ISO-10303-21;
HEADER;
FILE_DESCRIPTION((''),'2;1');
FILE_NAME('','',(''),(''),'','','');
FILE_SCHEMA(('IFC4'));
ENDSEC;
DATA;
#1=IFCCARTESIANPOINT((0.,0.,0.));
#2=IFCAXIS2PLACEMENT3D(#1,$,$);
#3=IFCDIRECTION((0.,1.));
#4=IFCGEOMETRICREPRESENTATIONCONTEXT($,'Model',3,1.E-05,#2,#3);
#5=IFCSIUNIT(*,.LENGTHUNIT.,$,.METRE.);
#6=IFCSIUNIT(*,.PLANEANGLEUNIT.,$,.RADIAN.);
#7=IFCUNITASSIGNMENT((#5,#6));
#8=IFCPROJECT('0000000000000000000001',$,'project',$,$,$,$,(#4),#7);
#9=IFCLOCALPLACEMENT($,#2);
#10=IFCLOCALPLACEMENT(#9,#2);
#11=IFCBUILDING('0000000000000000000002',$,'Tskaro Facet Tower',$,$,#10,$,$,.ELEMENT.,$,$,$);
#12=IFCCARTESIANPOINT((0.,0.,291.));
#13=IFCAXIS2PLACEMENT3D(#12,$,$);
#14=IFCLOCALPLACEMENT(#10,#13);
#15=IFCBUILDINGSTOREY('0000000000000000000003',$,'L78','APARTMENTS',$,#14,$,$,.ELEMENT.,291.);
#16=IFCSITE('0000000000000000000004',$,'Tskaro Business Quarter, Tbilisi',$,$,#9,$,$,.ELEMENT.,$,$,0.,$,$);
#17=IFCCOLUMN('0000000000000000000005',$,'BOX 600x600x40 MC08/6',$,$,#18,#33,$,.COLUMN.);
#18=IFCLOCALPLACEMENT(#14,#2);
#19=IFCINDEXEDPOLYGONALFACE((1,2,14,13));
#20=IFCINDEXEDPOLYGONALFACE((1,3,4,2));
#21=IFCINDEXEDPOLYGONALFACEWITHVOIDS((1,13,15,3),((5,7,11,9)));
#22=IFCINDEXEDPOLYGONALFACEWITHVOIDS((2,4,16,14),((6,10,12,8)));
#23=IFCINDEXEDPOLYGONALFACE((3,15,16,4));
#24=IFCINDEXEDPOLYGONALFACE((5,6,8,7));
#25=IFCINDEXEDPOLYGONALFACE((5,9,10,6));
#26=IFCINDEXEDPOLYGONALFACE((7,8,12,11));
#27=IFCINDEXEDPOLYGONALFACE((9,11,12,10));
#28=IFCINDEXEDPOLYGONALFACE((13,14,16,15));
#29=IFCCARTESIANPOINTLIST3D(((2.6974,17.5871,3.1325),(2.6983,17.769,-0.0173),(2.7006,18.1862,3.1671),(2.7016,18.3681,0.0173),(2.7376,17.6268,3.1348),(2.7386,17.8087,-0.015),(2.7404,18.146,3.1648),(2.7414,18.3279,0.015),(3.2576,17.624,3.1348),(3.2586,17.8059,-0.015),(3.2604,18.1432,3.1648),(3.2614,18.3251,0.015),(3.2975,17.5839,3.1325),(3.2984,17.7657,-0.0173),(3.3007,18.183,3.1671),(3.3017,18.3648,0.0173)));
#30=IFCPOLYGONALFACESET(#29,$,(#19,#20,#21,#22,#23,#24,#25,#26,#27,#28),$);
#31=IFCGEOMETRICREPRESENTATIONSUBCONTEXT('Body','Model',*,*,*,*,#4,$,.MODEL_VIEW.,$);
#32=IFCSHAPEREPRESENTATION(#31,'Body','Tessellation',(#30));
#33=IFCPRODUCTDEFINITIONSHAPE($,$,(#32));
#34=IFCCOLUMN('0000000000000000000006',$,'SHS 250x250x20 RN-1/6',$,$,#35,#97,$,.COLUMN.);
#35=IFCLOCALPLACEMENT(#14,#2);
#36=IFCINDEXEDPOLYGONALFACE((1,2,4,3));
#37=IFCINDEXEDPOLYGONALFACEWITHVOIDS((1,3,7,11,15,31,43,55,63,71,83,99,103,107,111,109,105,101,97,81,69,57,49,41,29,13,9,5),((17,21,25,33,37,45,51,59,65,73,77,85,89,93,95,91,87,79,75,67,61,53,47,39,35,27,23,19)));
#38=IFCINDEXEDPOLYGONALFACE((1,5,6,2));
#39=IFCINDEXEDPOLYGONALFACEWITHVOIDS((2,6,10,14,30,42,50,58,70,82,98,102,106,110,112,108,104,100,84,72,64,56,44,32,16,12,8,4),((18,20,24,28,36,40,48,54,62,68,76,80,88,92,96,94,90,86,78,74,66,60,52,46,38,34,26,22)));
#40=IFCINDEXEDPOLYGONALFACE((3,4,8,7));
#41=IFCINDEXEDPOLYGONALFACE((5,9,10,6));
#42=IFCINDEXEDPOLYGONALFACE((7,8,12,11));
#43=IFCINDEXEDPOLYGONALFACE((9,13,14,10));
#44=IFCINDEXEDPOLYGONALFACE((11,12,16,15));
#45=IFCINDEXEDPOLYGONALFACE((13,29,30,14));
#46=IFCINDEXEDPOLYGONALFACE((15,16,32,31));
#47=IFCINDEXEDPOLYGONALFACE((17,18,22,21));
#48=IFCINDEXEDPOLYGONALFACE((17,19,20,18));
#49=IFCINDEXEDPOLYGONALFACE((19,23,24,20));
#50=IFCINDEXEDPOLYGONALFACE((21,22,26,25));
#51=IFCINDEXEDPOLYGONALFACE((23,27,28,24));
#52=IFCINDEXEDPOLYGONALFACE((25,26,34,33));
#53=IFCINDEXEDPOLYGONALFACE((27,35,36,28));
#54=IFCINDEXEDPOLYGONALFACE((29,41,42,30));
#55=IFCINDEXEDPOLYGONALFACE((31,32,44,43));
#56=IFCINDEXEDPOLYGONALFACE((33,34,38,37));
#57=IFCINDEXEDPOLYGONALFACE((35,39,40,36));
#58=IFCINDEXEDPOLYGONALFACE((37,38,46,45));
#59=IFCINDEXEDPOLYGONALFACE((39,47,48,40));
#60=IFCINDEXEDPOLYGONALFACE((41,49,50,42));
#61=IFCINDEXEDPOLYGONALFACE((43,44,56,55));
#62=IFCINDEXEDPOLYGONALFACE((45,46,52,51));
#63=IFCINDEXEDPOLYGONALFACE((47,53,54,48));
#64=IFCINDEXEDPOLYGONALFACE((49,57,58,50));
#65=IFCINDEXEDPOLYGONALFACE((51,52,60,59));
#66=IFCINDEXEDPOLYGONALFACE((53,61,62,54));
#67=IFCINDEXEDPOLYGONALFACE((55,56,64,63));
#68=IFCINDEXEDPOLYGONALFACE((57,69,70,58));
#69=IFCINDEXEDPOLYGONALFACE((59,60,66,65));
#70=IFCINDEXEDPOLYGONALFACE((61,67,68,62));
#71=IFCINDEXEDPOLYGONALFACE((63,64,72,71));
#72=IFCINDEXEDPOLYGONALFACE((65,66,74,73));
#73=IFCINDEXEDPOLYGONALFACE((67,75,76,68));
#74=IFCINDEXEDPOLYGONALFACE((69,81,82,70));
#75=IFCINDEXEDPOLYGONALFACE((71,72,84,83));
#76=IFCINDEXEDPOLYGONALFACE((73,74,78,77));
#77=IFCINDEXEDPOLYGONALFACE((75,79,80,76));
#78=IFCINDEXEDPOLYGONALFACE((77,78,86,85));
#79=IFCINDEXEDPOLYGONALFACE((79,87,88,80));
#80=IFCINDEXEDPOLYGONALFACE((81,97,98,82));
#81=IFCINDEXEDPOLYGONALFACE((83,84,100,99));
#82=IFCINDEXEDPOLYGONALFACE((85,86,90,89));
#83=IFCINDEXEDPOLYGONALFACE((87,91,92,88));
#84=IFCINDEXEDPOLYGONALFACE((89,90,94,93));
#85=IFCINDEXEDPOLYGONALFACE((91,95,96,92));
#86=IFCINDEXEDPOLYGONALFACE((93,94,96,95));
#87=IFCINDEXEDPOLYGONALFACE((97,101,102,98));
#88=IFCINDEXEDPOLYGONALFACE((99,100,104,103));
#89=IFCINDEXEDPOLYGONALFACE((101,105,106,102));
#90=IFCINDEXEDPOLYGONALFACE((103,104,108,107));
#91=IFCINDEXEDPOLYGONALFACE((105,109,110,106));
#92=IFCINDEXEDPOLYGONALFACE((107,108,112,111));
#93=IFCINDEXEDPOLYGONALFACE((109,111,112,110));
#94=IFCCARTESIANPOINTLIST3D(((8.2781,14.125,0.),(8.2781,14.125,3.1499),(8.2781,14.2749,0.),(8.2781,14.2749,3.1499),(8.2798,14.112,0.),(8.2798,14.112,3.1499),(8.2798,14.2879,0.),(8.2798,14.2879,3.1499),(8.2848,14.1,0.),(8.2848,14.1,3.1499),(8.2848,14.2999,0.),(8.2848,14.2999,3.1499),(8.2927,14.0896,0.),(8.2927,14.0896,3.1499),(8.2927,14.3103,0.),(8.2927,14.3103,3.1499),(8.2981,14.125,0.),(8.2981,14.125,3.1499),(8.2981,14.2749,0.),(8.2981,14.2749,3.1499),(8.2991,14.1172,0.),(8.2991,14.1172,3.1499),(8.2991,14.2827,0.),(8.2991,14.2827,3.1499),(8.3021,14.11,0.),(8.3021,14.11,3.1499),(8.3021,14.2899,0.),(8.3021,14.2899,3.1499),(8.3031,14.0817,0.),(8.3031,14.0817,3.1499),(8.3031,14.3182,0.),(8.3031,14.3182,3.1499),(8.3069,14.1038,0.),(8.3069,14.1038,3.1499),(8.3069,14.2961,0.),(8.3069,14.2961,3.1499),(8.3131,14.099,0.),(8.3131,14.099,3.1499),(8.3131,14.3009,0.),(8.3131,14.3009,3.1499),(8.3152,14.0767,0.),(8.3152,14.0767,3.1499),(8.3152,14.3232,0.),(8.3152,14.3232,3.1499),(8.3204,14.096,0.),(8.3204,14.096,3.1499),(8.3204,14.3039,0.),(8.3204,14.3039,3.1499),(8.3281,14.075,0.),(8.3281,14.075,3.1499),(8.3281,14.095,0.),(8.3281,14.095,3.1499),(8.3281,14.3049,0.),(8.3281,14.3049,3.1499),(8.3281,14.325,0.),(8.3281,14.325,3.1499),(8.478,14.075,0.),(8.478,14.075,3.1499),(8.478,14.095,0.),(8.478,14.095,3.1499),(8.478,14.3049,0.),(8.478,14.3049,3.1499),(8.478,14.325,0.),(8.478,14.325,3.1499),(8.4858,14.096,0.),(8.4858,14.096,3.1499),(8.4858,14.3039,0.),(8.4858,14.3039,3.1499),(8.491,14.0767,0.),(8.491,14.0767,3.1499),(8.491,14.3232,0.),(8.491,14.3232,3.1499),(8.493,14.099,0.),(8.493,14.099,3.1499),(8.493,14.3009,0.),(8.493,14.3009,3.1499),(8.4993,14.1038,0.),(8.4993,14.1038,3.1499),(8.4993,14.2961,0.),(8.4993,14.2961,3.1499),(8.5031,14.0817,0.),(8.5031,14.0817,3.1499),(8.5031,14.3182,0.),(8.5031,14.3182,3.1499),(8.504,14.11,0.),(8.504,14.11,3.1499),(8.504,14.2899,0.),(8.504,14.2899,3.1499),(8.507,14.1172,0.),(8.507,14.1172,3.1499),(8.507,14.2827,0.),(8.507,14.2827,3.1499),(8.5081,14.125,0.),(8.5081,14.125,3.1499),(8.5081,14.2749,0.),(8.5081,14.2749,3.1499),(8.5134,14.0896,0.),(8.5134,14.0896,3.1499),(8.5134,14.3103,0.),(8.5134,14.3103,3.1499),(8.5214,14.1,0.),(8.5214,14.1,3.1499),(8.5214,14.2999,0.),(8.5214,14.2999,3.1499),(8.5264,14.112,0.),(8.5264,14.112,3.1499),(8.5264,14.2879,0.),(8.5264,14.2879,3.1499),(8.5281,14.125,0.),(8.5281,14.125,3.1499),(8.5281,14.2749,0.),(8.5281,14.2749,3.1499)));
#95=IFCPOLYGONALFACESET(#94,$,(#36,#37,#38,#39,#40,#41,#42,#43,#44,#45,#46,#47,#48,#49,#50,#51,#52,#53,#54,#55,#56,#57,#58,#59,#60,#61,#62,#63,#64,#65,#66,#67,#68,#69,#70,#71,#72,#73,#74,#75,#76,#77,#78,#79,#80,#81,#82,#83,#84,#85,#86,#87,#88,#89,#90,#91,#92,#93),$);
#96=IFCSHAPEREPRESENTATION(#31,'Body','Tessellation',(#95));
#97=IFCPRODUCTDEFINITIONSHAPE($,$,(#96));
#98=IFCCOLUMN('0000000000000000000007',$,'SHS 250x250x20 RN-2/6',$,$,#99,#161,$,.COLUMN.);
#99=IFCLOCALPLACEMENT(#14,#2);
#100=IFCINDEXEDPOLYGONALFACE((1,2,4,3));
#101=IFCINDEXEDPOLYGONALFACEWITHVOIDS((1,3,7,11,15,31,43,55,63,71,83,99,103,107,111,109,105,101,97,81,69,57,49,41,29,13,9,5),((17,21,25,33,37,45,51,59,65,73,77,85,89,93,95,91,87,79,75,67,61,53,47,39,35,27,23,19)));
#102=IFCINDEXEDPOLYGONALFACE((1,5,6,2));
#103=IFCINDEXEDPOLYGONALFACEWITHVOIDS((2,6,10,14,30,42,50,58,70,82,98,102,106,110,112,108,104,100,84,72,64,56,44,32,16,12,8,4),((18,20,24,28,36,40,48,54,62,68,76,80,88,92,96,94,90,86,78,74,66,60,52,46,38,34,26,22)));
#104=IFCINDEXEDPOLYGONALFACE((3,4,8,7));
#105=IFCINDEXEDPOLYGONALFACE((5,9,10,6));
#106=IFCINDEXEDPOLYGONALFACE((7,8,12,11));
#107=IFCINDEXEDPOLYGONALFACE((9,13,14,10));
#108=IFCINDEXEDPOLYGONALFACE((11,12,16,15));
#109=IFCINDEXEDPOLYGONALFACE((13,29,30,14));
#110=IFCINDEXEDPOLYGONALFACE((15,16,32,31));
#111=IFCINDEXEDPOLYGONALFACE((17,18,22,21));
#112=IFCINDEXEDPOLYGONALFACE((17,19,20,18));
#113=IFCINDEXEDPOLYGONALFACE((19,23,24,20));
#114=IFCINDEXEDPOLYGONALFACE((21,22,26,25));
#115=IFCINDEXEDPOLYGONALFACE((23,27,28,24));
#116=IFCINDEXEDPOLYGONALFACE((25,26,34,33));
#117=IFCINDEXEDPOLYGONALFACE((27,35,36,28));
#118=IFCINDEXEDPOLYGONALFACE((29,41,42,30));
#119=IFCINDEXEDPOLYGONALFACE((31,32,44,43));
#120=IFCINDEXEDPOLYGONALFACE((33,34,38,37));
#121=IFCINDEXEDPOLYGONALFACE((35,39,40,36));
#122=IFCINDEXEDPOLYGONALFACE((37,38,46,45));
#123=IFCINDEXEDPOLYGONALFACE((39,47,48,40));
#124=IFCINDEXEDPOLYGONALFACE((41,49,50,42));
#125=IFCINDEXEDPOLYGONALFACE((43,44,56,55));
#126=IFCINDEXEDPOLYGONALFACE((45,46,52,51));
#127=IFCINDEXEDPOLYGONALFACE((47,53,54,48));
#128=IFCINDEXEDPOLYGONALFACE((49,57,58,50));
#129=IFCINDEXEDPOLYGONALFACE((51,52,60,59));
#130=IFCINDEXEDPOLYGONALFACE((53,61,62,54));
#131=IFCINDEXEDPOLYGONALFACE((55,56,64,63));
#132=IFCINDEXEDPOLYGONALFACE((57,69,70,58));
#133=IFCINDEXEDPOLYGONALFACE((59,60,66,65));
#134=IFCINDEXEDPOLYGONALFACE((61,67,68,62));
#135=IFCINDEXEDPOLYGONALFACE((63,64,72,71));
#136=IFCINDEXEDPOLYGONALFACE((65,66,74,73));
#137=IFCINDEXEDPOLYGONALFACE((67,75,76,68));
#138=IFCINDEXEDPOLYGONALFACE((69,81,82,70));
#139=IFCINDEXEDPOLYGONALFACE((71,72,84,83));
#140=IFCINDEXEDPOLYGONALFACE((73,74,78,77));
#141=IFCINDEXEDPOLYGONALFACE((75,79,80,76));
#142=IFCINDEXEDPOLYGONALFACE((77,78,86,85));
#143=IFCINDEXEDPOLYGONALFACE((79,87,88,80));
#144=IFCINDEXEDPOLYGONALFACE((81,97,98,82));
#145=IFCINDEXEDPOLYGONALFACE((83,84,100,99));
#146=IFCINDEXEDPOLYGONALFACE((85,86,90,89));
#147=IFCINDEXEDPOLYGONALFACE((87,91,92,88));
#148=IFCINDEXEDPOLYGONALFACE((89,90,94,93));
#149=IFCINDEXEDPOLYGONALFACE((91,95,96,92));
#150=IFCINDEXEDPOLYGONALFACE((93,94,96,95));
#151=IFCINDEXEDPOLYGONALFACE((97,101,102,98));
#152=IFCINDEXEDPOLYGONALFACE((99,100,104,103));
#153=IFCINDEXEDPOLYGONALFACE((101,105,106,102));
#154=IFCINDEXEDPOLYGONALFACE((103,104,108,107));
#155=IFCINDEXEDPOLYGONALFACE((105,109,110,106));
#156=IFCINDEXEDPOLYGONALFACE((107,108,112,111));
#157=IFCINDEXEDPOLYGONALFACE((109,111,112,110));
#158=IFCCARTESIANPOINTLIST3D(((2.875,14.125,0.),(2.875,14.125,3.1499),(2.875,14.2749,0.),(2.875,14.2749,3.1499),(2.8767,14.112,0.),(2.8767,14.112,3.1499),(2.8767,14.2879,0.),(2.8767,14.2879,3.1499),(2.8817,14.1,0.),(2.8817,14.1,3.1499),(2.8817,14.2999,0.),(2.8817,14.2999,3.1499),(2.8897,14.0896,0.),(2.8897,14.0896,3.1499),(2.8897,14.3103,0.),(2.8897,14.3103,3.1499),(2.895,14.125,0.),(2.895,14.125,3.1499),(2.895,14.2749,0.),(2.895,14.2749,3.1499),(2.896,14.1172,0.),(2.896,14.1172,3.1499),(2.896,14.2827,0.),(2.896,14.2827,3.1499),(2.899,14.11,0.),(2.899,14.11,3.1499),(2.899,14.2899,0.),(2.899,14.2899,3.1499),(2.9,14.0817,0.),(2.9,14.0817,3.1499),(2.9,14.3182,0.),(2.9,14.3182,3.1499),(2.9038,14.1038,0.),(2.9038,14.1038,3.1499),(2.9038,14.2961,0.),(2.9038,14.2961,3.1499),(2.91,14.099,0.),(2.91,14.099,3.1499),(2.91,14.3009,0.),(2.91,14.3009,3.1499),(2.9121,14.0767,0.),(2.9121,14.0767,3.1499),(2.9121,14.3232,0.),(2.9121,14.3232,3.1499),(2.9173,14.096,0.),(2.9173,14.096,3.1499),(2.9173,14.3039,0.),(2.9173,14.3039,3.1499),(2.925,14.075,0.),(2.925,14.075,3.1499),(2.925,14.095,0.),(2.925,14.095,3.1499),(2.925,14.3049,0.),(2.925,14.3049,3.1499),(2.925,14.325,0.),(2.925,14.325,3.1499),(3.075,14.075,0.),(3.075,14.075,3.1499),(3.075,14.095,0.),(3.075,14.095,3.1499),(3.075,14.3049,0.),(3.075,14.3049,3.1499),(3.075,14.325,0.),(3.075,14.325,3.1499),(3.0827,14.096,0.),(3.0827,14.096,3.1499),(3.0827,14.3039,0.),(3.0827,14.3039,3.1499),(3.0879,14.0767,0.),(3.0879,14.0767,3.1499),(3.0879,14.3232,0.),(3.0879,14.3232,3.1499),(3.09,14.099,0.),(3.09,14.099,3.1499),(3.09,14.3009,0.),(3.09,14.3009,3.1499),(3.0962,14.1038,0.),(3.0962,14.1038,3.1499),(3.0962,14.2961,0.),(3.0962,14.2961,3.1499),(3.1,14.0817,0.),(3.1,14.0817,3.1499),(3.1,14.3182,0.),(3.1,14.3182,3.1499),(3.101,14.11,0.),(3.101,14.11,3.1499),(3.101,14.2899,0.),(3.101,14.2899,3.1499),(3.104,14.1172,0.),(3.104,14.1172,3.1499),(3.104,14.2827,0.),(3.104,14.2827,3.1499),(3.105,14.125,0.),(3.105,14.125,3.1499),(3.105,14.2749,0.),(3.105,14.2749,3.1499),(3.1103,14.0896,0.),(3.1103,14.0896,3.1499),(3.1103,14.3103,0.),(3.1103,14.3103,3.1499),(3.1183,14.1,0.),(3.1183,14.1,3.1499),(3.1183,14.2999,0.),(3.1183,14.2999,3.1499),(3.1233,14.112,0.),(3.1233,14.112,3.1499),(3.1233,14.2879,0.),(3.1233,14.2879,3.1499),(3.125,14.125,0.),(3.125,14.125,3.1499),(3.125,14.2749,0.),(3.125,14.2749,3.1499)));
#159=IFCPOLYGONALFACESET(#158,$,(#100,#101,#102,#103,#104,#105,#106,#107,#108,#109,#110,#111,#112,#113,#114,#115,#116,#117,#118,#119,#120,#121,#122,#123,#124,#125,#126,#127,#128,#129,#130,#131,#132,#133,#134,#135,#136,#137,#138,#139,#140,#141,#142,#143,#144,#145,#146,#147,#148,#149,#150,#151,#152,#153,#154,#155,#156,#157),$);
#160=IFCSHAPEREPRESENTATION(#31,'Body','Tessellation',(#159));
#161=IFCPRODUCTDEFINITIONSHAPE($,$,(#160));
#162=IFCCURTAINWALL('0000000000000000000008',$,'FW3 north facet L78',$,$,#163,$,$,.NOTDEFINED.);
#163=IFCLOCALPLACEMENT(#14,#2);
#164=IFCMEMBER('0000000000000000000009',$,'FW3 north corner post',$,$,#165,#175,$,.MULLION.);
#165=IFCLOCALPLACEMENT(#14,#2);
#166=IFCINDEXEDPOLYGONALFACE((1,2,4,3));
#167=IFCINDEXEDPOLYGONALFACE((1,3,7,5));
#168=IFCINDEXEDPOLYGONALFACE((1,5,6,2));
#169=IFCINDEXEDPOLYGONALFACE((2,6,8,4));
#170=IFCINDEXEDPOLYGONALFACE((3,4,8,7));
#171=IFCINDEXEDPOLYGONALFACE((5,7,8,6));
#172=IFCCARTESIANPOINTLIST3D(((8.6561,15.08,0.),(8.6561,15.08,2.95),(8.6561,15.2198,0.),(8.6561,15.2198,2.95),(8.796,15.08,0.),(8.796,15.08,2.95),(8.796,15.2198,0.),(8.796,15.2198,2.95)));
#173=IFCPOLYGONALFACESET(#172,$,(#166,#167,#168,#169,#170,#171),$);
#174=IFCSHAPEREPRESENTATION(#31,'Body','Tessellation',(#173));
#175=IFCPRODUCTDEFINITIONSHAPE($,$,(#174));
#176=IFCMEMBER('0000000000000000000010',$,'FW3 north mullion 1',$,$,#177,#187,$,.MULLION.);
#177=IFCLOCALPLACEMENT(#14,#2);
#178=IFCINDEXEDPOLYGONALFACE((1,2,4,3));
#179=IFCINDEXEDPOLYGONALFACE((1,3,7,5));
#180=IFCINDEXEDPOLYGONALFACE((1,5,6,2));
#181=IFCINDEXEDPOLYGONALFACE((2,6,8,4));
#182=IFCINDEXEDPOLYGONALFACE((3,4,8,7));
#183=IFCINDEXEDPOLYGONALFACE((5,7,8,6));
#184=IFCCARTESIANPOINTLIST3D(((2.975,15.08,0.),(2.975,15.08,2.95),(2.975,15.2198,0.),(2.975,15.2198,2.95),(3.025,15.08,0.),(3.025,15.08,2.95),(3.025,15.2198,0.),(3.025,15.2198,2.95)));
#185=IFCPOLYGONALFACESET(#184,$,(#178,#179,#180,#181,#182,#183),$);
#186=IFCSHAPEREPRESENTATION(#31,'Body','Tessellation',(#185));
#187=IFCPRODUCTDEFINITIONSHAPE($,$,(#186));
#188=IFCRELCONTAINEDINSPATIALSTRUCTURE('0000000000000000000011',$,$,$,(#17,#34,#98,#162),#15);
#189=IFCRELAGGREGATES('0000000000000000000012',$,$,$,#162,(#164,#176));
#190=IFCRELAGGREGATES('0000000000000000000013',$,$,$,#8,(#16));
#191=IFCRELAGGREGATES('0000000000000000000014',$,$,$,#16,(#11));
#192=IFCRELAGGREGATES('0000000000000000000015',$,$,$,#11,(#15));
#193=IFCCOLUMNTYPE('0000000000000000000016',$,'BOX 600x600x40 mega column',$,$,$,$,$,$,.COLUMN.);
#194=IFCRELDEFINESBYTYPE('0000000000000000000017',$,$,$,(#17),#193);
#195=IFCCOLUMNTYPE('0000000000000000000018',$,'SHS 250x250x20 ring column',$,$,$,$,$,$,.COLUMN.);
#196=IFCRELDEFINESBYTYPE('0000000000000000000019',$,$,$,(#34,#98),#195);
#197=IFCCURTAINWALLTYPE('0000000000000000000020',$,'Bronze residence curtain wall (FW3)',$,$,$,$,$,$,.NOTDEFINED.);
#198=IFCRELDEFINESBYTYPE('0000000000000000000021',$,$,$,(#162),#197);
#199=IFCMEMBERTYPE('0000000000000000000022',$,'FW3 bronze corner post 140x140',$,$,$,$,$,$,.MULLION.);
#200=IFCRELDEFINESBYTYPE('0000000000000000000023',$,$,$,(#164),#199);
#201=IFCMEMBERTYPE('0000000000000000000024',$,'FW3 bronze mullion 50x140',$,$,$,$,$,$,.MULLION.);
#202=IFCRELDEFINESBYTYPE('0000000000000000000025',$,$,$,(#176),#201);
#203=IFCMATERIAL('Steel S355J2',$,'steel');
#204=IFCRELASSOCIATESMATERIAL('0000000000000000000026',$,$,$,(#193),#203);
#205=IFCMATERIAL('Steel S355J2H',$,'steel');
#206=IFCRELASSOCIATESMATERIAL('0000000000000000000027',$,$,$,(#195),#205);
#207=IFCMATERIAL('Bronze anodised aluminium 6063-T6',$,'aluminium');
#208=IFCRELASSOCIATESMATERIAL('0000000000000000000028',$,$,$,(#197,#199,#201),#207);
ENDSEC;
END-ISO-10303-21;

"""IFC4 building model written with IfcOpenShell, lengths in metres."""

from ifc_helpers import new_model, si_unit, direction, frame, origin, origin_2d, place, context, subcontext, project, spatial, rectangle, hollow_rectangle, extrude, material, material_profile, profile_set, type_object, element, aggregate, save


model = new_model("IFC4")

# Units and contexts
model_context = context("Model", 3, precision=1e-05, world=origin(), true_north=direction((0.0, 1.0)))
body_context = subcontext(model_context, "Body", "Model", "MODEL_VIEW")
ifc_project = project(units=[si_unit("LENGTHUNIT", "METRE"), si_unit("PLANEANGLEUNIT", "RADIAN")], contexts=[model_context])

# Site, building, storey
site_placement = place(None, origin())
site = spatial("IfcSite", under=ifc_project, at=site_placement, Name="Tskaro Business Quarter, Tbilisi", CompositionType="ELEMENT", RefElevation=0.0)
building_placement = place(site_placement, origin())
building = spatial("IfcBuilding", under=site, at=building_placement, Name="Tskaro Facet Tower", CompositionType="ELEMENT")
storey_placement = place(building_placement, frame((0.0, 0.0, 291.0)))
storey = spatial("IfcBuildingStorey", under=building, at=storey_placement, Name="L78", Description="APARTMENTS", CompositionType="ELEMENT", Elevation=291.0)

# Columns
ifc_material_1 = material(Name="Steel S355J2", Category="steel")
ifc_material_profile_1 = material_profile(ifc_material_1, hollow_rectangle(XDim=0.6001, YDim=0.6001, WallThickness=0.04, at=origin_2d()), Name="BOX 600x600x40")
ifc_profile_set_1 = profile_set([ifc_material_profile_1], Name="Steel S355J2")
column_type_1 = type_object("IfcColumnType", Name="BOX 600x600x40 mega column", PredefinedType="COLUMN", material=ifc_profile_set_1)
column_placement = place(storey_placement, frame((3.0, 18.0669, 0.0), z_axis=(-0.00031, -0.057647, 0.998337), x_axis=(0.999986, -0.005369, 0.0)))
element("IfcColumn", 1, at=column_placement, inside=storey, type_object=column_type_1, Name="BOX 600x600x40 MC08/6", PredefinedType="COLUMN", context=body_context, shape_type="SweptSolid", body=[
    extrude(hollow_rectangle(XDim=0.6001, YDim=0.6001, WallThickness=0.04, at=origin_2d()), origin(), (0.0, 0.0, 1.0), 3.155),
])
ifc_material_2 = material(Name="Steel S355J2H", Category="steel")
ifc_material_profile_2 = material_profile(ifc_material_2, hollow_rectangle(XDim=0.25, YDim=0.25, WallThickness=0.02, InnerFilletRadius=0.03, OuterFilletRadius=0.05, at=origin_2d()), Name="SHS 250x250x20")
ifc_profile_set_2 = profile_set([ifc_material_profile_2], Name="Steel S355J2H")
column_type_2 = type_object("IfcColumnType", Name="SHS 250x250x20 ring column", PredefinedType="COLUMN", material=ifc_profile_set_2)
for number, where, z_axis, x_axis, name in (
    (2, (8.4031, 14.2, 0.0), (0.0, 0.0, 1.0), (1.0, 0.0, 0.0), "SHS 250x250x20 RN-1/6"),
    (3, (3.0, 14.2, 0.0), (0.0, 0.0, 1.0), (1.0, 0.0, 0.0), "SHS 250x250x20 RN-2/6"),
):
    element("IfcColumn", number, at=place(storey_placement, frame(where, z_axis=z_axis, x_axis=x_axis)), inside=storey, type_object=column_type_2, Name=name, PredefinedType="COLUMN", context=body_context, shape_type="SweptSolid", body=[
        extrude(hollow_rectangle(XDim=0.25, YDim=0.25, WallThickness=0.02, InnerFilletRadius=0.03, OuterFilletRadius=0.05, at=origin_2d()), origin(), (0.0, 0.0, 1.0), 3.1499),
    ])

# Curtain wall, members
ifc_material_3 = material(Name="Bronze anodised aluminium 6063-T6", Category="aluminium")
curtain_wall_type = type_object("IfcCurtainWallType", Name="Bronze residence curtain wall (FW3)", PredefinedType="NOTDEFINED", material=ifc_material_3)
curtain_wall_placement = place(storey_placement, origin())
curtain_wall = element("IfcCurtainWall", 4, at=curtain_wall_placement, inside=storey, type_object=curtain_wall_type, Name="FW3 north facet L78", PredefinedType="NOTDEFINED")
ifc_material_profile_3 = material_profile(ifc_material_3, rectangle(XDim=0.1399, YDim=0.1399, at=origin_2d()), Name="Corner post 140x140")
ifc_profile_set_3 = profile_set([ifc_material_profile_3], Name="Bronze anodised aluminium 6063-T6")
member_type_1 = type_object("IfcMemberType", Name="FW3 bronze corner post 140x140", PredefinedType="MULLION", material=ifc_profile_set_3)
member_1_placement = place(storey_placement, frame((8.7261, 15.1499, 0.0), z_axis=(0.0, 0.0, 1.0), x_axis=(-1.0, 0.0, 0.0)))
member_1 = element("IfcMember", 5, at=member_1_placement, type_object=member_type_1, Name="FW3 north corner post", PredefinedType="MULLION", context=body_context, shape_type="SweptSolid", body=[
    extrude(rectangle(XDim=0.1399, YDim=0.1399, at=origin_2d()), origin(), (0.0, 0.0, 1.0), 2.95),
])
ifc_material_profile_4 = material_profile(ifc_material_3, rectangle(XDim=0.05, YDim=0.1399, at=origin_2d()), Name="Mullion 50x140")
ifc_profile_set_4 = profile_set([ifc_material_profile_4], Name="Bronze anodised aluminium 6063-T6")
member_type_2 = type_object("IfcMemberType", Name="FW3 bronze mullion 50x140", PredefinedType="MULLION", material=ifc_profile_set_4)
member_2_placement = place(storey_placement, frame((3.0, 15.1499, 0.0), z_axis=(0.0, 0.0, 1.0), x_axis=(-1.0, 0.0, 0.0)))
member_2 = element("IfcMember", 6, at=member_2_placement, type_object=member_type_2, Name="FW3 north mullion 1", PredefinedType="MULLION", context=body_context, shape_type="SweptSolid", body=[
    extrude(rectangle(XDim=0.05, YDim=0.1399, at=origin_2d()), origin(), (0.0, 0.0, 1.0), 2.95),
])

aggregate(curtain_wall, [member_1, member_2])

save(model, "model.ifc")
